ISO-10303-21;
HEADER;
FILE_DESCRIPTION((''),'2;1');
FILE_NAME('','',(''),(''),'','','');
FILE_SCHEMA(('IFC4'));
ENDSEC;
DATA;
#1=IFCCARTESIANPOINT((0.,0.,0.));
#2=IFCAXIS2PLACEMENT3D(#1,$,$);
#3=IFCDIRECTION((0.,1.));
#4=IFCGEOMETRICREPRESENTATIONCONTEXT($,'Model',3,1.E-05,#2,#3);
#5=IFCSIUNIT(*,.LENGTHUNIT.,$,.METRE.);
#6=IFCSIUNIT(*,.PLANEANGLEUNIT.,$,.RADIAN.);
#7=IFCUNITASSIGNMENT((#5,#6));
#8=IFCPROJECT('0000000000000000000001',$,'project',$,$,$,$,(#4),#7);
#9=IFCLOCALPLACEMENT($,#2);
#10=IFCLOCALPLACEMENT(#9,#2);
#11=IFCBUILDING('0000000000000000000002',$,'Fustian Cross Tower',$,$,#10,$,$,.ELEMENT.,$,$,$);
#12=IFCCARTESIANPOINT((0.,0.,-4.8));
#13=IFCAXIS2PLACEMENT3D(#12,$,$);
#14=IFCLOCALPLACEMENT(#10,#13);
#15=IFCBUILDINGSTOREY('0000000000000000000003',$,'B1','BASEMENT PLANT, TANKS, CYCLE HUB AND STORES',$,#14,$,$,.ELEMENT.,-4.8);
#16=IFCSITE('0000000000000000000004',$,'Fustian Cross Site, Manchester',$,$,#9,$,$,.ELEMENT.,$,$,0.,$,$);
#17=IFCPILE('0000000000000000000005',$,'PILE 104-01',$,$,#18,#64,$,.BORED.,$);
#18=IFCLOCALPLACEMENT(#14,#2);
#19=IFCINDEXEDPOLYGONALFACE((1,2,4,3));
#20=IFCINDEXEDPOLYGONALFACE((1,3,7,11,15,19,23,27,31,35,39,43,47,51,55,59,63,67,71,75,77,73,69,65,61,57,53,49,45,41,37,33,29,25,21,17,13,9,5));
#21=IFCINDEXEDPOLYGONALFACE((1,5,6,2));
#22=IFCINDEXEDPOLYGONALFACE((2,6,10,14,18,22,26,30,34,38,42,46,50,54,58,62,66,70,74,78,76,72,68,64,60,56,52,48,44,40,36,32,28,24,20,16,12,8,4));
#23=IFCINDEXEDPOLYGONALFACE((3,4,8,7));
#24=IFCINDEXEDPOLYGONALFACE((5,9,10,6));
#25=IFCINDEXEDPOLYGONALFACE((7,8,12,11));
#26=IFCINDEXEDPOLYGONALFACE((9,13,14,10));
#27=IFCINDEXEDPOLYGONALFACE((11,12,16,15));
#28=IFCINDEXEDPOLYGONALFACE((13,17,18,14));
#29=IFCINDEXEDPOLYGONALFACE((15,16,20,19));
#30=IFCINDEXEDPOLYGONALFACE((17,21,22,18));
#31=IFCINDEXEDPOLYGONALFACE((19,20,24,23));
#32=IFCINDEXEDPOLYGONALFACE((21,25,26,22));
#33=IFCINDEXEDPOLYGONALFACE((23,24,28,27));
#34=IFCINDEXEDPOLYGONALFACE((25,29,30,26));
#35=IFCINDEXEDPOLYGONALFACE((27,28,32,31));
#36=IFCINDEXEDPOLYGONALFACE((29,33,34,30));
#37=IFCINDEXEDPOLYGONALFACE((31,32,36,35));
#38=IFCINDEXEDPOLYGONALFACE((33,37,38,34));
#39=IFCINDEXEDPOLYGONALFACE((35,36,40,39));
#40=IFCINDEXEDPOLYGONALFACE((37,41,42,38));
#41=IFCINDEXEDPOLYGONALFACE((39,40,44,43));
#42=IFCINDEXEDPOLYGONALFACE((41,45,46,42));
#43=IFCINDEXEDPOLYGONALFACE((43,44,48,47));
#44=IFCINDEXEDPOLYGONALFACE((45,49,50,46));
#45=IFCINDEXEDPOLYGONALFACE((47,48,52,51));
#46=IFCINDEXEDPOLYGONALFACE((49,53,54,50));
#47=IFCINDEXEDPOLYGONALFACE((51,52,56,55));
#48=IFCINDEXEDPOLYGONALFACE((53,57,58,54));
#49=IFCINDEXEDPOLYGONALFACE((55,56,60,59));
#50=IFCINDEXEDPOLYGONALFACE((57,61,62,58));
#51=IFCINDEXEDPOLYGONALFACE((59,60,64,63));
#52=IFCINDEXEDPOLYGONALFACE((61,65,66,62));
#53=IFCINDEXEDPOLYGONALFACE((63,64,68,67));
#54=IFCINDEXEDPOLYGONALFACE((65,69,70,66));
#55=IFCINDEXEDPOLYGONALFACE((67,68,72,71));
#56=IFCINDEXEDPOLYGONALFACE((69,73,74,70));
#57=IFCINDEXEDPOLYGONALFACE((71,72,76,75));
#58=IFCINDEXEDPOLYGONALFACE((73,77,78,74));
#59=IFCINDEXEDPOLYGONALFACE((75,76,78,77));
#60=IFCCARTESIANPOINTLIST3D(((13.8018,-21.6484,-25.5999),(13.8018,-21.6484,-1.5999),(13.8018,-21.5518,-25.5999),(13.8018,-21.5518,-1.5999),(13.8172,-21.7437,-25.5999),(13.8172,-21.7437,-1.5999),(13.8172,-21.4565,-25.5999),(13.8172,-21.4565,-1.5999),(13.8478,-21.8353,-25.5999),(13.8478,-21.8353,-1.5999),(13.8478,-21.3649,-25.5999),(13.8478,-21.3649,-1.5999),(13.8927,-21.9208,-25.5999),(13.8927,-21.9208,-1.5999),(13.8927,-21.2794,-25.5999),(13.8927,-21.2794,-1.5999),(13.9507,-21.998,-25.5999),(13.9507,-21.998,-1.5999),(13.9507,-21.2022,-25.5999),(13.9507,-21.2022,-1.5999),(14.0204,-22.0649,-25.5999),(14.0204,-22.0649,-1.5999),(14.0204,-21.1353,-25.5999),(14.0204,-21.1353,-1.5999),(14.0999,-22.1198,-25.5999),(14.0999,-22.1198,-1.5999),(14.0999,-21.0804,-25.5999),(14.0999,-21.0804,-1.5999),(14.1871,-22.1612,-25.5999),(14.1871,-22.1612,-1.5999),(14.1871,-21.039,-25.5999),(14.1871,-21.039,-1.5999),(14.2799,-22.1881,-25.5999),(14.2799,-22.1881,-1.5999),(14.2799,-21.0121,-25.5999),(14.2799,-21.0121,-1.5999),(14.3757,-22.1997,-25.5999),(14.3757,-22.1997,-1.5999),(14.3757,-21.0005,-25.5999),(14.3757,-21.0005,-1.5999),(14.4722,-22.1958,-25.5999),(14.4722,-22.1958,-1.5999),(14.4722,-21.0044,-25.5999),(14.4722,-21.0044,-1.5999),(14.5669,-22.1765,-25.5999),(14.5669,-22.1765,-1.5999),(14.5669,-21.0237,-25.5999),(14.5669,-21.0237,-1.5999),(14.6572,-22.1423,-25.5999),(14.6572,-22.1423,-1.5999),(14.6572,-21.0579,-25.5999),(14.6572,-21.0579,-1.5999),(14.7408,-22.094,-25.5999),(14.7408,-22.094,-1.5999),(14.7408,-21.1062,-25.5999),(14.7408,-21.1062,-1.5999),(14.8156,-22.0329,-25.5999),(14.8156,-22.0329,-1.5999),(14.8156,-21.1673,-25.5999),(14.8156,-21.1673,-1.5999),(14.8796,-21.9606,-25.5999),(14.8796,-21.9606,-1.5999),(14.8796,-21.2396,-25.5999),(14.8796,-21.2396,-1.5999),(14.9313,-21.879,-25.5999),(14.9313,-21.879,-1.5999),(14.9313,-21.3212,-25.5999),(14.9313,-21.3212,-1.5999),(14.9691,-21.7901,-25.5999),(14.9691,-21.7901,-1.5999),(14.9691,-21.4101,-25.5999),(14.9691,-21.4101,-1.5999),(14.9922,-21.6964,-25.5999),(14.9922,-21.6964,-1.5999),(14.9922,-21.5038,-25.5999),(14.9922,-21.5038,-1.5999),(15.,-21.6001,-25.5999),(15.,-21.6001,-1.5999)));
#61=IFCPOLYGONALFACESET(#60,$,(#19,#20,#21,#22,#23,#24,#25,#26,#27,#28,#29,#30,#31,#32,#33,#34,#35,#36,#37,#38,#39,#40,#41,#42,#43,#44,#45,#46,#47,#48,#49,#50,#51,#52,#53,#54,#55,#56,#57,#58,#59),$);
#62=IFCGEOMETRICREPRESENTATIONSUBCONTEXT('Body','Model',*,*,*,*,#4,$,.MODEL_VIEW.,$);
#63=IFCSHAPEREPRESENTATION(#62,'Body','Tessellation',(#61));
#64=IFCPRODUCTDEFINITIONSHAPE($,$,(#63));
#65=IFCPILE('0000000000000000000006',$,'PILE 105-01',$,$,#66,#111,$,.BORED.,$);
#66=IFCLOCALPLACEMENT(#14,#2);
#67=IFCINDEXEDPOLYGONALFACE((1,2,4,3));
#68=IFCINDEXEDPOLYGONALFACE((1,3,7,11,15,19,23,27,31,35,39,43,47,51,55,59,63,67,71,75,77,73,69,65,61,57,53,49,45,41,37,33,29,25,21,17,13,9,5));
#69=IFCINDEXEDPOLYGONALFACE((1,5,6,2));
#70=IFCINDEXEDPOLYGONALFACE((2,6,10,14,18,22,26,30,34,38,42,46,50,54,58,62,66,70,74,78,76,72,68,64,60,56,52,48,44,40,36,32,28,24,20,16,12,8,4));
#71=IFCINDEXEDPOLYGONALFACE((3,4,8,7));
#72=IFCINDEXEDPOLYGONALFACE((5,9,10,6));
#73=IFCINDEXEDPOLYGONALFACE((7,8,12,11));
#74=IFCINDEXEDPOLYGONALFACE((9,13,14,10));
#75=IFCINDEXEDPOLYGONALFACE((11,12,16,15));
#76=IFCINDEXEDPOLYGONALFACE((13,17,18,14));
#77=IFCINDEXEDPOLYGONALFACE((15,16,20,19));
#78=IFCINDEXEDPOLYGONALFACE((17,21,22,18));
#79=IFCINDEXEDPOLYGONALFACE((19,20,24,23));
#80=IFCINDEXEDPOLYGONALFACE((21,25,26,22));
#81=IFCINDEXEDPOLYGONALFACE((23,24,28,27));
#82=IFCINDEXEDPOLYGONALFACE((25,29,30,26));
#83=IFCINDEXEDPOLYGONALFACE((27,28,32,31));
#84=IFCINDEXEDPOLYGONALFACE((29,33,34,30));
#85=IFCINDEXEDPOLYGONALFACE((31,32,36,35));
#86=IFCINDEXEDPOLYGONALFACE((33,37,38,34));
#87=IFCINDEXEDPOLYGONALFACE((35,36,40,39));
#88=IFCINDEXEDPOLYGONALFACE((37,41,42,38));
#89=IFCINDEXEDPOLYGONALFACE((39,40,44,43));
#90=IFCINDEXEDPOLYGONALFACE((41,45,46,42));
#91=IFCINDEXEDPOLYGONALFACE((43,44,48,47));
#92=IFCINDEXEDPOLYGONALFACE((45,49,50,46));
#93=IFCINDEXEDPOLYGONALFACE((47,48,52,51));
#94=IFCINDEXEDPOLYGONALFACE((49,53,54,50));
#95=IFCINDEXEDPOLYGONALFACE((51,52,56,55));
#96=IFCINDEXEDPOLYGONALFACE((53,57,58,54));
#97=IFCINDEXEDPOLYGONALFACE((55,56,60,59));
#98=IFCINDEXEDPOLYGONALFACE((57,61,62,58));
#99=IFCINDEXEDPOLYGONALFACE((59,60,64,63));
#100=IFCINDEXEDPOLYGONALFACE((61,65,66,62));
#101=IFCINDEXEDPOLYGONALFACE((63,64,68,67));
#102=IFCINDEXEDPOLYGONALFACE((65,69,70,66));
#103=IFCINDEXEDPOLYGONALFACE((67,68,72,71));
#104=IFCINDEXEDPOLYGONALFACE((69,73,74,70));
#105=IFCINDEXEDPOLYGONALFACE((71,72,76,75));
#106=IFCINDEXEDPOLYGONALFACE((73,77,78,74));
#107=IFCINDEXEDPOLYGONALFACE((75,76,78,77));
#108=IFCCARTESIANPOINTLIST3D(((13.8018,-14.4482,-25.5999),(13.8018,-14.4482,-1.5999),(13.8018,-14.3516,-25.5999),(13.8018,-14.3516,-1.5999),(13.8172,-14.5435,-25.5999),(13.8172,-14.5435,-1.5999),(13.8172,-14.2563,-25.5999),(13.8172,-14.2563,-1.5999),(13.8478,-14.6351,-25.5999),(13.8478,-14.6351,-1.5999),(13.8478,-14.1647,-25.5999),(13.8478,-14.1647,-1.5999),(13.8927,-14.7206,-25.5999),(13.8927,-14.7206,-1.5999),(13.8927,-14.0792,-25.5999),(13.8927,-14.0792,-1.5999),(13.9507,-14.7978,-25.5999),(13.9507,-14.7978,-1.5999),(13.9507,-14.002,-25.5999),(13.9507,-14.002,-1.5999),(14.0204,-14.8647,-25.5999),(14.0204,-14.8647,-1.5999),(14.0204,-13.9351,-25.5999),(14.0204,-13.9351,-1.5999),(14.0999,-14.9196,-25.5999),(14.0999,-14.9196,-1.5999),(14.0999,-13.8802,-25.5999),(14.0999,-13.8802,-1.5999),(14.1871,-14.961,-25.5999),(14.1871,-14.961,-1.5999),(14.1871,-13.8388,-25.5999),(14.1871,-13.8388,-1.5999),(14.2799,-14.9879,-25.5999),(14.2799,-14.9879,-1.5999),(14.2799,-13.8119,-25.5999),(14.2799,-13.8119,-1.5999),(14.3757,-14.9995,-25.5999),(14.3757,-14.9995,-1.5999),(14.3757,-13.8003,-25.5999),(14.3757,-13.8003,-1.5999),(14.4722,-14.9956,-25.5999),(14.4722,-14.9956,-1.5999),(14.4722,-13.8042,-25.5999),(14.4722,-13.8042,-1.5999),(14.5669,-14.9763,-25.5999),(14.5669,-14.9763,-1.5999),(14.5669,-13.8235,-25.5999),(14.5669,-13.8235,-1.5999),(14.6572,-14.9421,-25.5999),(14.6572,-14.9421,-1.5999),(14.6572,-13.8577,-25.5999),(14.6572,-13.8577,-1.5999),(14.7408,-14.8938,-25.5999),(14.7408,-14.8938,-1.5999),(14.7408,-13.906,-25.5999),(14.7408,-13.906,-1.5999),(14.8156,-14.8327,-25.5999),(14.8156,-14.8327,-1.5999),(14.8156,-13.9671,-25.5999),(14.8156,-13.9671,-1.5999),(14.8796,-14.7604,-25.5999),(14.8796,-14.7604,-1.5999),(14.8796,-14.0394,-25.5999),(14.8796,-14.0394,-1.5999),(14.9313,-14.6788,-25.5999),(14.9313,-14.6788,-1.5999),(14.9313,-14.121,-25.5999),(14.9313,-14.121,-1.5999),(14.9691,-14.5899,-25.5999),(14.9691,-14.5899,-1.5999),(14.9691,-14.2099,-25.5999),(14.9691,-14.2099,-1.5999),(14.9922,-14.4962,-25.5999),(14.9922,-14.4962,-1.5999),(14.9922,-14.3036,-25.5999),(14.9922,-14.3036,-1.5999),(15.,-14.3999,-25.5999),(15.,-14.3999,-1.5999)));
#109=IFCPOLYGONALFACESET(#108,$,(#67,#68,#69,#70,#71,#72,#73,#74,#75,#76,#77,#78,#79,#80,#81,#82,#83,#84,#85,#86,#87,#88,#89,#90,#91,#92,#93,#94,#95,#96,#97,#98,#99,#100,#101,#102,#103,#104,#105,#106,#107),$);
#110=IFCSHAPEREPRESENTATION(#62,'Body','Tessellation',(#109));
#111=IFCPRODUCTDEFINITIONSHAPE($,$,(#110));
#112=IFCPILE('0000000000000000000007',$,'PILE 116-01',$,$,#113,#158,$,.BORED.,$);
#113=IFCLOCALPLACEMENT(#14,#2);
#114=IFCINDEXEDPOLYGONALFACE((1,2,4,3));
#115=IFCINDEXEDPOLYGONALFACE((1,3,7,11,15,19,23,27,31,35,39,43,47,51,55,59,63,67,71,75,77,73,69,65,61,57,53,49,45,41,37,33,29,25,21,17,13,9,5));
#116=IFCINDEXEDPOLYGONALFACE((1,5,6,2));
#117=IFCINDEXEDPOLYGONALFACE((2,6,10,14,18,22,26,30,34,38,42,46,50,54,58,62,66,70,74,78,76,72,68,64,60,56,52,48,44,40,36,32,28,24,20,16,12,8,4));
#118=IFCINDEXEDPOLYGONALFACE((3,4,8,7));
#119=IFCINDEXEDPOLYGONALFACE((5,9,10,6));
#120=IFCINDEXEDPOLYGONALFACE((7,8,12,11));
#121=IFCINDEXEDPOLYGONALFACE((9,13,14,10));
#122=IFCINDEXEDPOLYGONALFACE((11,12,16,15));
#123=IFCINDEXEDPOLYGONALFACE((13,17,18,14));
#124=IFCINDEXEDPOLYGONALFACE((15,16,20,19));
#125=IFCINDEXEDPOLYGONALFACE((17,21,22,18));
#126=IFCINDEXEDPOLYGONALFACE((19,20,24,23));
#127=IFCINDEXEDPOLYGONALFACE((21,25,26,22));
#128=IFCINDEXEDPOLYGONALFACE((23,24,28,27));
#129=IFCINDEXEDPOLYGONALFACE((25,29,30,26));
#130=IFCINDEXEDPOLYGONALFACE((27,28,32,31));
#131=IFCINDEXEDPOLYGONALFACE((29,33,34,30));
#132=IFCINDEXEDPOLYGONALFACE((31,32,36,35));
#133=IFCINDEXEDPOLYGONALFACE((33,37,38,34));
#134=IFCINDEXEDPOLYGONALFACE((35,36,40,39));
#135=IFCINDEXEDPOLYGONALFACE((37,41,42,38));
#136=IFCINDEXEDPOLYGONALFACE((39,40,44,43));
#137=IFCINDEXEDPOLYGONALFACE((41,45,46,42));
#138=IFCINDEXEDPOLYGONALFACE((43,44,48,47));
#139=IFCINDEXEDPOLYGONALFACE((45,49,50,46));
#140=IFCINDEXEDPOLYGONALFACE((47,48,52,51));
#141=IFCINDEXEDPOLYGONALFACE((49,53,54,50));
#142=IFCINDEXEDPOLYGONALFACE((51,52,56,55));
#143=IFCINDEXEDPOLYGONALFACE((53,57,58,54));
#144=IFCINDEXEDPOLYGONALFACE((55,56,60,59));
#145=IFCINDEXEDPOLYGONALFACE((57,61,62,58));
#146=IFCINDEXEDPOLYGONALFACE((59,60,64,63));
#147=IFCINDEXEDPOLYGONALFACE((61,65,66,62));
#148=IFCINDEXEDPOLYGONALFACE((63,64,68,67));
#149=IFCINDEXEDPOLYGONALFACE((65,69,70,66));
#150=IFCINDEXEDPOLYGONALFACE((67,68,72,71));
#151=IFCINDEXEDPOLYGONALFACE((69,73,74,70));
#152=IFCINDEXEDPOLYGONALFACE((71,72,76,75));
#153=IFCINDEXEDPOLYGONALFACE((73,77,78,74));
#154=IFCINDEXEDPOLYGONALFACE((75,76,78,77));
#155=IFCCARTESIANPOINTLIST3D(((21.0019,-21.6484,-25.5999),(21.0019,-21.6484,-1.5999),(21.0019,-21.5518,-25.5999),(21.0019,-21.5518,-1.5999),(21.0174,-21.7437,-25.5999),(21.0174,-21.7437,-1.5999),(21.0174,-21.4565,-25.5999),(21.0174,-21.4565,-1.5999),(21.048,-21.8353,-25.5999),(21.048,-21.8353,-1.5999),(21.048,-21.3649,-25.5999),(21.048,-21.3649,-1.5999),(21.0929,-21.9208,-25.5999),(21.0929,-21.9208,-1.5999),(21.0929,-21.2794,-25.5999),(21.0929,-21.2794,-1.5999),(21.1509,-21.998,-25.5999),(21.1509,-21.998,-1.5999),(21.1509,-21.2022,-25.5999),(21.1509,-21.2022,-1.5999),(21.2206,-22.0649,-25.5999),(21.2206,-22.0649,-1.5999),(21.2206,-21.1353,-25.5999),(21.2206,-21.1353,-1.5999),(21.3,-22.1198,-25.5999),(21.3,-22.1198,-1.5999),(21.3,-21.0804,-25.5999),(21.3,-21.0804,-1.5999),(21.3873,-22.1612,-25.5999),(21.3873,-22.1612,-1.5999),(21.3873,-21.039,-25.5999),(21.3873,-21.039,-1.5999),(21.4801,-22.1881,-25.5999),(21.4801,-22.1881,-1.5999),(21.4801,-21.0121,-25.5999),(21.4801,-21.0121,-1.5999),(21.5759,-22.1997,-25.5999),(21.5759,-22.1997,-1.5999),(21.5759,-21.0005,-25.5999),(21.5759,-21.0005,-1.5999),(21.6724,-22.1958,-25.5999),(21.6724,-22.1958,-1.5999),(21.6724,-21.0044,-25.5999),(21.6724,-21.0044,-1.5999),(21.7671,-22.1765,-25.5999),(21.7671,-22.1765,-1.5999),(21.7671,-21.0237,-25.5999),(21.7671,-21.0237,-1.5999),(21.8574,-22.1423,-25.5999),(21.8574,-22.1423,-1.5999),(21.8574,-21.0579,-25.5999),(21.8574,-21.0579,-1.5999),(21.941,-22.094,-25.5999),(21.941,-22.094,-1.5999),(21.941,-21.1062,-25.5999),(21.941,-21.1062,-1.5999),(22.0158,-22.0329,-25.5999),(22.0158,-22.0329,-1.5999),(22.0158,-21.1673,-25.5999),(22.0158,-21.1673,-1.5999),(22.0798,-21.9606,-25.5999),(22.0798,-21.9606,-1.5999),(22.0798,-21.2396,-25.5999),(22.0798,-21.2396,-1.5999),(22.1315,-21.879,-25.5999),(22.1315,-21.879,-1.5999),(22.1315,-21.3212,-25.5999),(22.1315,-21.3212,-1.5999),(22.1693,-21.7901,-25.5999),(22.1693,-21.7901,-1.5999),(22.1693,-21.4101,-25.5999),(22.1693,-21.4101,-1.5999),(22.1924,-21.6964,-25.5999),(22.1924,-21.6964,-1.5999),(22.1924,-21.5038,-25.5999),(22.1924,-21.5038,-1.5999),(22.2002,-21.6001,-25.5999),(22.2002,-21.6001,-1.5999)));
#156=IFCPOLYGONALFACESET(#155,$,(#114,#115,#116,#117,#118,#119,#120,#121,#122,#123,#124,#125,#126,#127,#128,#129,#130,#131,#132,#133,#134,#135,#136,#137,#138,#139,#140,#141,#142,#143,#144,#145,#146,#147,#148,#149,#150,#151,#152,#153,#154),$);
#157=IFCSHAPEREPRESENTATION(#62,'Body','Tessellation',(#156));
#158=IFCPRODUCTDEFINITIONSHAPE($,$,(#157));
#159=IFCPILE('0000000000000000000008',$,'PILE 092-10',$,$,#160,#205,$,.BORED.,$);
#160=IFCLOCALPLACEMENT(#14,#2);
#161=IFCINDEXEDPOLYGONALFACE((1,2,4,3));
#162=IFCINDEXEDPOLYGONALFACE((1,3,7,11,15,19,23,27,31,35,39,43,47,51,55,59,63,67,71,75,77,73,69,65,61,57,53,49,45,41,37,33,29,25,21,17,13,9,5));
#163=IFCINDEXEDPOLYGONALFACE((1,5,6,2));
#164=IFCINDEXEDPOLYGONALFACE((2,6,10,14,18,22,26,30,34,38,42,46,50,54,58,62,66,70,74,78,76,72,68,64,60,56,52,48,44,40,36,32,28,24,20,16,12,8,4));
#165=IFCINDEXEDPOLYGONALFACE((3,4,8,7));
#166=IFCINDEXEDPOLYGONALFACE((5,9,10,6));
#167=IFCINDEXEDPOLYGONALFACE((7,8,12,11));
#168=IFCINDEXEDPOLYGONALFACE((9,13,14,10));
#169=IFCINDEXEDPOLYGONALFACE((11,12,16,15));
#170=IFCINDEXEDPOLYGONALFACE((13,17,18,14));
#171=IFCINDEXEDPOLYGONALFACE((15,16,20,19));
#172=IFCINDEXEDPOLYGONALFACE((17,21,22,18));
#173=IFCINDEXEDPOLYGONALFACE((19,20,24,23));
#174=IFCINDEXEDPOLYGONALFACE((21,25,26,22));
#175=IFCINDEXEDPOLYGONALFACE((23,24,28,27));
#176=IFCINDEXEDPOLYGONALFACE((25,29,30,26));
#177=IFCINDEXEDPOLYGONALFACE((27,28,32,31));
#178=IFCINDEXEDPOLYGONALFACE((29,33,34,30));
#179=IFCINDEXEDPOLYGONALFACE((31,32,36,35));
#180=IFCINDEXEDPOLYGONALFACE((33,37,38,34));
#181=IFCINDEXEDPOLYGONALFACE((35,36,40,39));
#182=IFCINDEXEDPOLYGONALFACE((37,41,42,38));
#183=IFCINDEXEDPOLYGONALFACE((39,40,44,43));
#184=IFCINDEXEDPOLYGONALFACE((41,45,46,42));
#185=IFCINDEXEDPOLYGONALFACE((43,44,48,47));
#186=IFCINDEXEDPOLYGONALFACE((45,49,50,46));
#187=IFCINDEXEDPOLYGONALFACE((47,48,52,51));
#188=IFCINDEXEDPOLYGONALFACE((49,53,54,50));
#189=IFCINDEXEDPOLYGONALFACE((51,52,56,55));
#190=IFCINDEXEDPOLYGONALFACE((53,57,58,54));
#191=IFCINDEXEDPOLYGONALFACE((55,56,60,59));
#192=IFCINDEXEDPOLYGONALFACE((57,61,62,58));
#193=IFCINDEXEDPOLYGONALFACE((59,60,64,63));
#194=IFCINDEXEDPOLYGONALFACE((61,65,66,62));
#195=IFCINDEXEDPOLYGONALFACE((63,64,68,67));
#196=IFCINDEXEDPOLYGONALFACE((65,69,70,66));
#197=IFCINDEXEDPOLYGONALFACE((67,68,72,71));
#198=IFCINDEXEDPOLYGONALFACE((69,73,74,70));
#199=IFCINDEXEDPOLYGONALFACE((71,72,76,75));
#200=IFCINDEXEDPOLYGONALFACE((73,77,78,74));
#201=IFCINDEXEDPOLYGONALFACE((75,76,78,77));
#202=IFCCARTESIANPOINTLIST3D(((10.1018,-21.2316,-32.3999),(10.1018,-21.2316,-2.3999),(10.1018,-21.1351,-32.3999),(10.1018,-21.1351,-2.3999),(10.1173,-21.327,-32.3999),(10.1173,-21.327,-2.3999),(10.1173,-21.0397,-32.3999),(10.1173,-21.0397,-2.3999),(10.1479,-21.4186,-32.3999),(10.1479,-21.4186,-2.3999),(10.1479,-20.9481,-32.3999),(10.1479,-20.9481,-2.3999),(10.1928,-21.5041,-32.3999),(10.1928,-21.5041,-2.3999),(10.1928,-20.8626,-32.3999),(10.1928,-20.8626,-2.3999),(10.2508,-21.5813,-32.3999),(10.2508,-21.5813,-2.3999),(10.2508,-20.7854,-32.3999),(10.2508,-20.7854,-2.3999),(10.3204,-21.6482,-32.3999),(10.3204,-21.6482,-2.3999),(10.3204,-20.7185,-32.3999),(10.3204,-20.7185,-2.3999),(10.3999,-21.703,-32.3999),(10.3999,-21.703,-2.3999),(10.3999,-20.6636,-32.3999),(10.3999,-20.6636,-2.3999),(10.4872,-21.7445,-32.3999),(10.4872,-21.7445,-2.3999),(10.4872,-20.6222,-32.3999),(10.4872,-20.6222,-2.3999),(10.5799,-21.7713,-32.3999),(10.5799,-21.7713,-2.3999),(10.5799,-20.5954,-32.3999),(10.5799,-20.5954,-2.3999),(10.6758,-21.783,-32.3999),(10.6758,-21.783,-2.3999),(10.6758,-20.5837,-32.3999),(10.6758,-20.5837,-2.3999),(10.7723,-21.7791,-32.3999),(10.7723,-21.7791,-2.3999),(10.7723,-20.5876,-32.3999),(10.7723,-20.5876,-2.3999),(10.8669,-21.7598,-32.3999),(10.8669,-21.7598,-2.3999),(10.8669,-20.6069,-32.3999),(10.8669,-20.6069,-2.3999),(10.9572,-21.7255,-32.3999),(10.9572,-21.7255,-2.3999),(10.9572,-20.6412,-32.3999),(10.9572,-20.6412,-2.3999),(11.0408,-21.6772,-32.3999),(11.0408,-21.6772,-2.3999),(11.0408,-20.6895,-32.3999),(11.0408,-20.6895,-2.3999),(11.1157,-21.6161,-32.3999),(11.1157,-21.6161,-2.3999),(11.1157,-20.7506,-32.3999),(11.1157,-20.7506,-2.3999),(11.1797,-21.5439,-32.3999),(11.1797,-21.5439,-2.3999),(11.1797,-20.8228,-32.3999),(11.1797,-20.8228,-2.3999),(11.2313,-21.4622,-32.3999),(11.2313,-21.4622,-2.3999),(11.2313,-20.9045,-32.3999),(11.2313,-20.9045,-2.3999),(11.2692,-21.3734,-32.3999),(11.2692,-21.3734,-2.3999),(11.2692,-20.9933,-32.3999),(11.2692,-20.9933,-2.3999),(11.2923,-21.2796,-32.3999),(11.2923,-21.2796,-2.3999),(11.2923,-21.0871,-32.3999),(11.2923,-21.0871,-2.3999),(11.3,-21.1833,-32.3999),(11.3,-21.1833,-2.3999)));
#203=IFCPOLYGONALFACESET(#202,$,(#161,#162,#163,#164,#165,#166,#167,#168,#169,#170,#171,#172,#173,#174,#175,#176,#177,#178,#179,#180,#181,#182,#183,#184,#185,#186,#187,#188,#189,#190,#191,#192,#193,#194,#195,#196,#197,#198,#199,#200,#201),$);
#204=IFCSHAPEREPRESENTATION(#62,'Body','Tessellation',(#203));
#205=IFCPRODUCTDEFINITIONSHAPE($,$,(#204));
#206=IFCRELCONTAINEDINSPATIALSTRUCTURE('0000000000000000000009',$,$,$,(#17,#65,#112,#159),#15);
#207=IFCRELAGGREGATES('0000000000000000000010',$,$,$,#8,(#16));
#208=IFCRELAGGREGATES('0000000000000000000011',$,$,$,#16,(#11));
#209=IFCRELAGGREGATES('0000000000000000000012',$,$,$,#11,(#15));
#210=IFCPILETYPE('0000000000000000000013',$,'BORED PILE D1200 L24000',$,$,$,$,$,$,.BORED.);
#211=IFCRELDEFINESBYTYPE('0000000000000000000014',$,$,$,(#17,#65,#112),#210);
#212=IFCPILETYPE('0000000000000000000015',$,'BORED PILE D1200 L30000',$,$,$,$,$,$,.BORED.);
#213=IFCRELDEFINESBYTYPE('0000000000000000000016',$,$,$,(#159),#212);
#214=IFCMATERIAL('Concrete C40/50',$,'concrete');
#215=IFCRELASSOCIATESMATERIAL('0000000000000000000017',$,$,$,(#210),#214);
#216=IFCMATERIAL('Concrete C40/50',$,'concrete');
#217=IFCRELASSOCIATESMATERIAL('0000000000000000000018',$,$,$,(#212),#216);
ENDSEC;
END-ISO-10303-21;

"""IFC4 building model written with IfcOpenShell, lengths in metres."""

from ifc_helpers import new_model, si_unit, direction, frame, origin, origin_2d, place, context, subcontext, project, spatial, circle, extrude, material, material_profile, profile_set, type_object, element, save


model = new_model("IFC4")

# Units and contexts
model_context = context("Model", 3, precision=1e-05, world=origin(), true_north=direction((0.0, 1.0)))
body_context = subcontext(model_context, "Body", "Model", "MODEL_VIEW")
ifc_project = project(units=[si_unit("LENGTHUNIT", "METRE"), si_unit("PLANEANGLEUNIT", "RADIAN")], contexts=[model_context])

# Site, building, storey
site_placement = place(None, origin())
site = spatial("IfcSite", under=ifc_project, at=site_placement, Name="Fustian Cross Site, Manchester", CompositionType="ELEMENT", RefElevation=0.0)
building_placement = place(site_placement, origin())
building = spatial("IfcBuilding", under=site, at=building_placement, Name="Fustian Cross Tower", CompositionType="ELEMENT")
storey_placement = place(building_placement, frame((0.0, 0.0, -4.8)))
storey = spatial("IfcBuildingStorey", under=building, at=storey_placement, Name="B1", Description="BASEMENT PLANT, TANKS, CYCLE HUB AND STORES", CompositionType="ELEMENT", Elevation=-4.8)

# Piles
ifc_material_1 = material(Name="Concrete C40/50", Category="concrete")
ifc_material_profile_1 = material_profile(ifc_material_1, circle(Radius=0.6001, at=origin_2d()), Name="BORED PILE D1200 L24000")
ifc_profile_set_1 = profile_set([ifc_material_profile_1], Name="Concrete C40/50")
pile_type_1 = type_object("IfcPileType", Name="BORED PILE D1200 L24000", PredefinedType="BORED", material=ifc_profile_set_1)
for number, where, z_axis, x_axis, name in (
    (1, (14.3999, -21.6001, -1.5999), (0.0, 0.0, -1.0), (1.0, 0.0, 0.0), "PILE 104-01"),
    (2, (14.3999, -14.3999, -1.5999), (0.0, 0.0, -1.0), (1.0, 0.0, 0.0), "PILE 105-01"),
    (3, (21.6001, -21.6001, -1.5999), (0.0, 0.0, -1.0), (1.0, 0.0, 0.0), "PILE 116-01"),
):
    element("IfcPile", number, at=place(storey_placement, frame(where, z_axis=z_axis, x_axis=x_axis)), inside=storey, type_object=pile_type_1, Name=name, PredefinedType="BORED", context=body_context, shape_type="SweptSolid", body=[
        extrude(circle(Radius=0.6001, at=origin_2d()), origin(), (0.0, 0.0, 1.0), 24.0),
    ])
ifc_material_2 = material(Name="Concrete C40/50", Category="concrete")
ifc_material_profile_2 = material_profile(ifc_material_2, circle(Radius=0.6001, at=origin_2d()), Name="BORED PILE D1200 L30000")
ifc_profile_set_2 = profile_set([ifc_material_profile_2], Name="Concrete C40/50")
pile_type_2 = type_object("IfcPileType", Name="BORED PILE D1200 L30000", PredefinedType="BORED", material=ifc_profile_set_2)
for number, where, z_axis, x_axis, name in (
    (4, (10.7, -21.1833, -2.3999), (0.0, 0.0, -1.0), (1.0, 0.0, 0.0), "PILE 092-10"),
):
    element("IfcPile", number, at=place(storey_placement, frame(where, z_axis=z_axis, x_axis=x_axis)), inside=storey, type_object=pile_type_2, Name=name, PredefinedType="BORED", context=body_context, shape_type="SweptSolid", body=[
        extrude(circle(Radius=0.6001, at=origin_2d()), origin(), (0.0, 0.0, 1.0), 30.0),
    ])

save(model, "model.ifc")
